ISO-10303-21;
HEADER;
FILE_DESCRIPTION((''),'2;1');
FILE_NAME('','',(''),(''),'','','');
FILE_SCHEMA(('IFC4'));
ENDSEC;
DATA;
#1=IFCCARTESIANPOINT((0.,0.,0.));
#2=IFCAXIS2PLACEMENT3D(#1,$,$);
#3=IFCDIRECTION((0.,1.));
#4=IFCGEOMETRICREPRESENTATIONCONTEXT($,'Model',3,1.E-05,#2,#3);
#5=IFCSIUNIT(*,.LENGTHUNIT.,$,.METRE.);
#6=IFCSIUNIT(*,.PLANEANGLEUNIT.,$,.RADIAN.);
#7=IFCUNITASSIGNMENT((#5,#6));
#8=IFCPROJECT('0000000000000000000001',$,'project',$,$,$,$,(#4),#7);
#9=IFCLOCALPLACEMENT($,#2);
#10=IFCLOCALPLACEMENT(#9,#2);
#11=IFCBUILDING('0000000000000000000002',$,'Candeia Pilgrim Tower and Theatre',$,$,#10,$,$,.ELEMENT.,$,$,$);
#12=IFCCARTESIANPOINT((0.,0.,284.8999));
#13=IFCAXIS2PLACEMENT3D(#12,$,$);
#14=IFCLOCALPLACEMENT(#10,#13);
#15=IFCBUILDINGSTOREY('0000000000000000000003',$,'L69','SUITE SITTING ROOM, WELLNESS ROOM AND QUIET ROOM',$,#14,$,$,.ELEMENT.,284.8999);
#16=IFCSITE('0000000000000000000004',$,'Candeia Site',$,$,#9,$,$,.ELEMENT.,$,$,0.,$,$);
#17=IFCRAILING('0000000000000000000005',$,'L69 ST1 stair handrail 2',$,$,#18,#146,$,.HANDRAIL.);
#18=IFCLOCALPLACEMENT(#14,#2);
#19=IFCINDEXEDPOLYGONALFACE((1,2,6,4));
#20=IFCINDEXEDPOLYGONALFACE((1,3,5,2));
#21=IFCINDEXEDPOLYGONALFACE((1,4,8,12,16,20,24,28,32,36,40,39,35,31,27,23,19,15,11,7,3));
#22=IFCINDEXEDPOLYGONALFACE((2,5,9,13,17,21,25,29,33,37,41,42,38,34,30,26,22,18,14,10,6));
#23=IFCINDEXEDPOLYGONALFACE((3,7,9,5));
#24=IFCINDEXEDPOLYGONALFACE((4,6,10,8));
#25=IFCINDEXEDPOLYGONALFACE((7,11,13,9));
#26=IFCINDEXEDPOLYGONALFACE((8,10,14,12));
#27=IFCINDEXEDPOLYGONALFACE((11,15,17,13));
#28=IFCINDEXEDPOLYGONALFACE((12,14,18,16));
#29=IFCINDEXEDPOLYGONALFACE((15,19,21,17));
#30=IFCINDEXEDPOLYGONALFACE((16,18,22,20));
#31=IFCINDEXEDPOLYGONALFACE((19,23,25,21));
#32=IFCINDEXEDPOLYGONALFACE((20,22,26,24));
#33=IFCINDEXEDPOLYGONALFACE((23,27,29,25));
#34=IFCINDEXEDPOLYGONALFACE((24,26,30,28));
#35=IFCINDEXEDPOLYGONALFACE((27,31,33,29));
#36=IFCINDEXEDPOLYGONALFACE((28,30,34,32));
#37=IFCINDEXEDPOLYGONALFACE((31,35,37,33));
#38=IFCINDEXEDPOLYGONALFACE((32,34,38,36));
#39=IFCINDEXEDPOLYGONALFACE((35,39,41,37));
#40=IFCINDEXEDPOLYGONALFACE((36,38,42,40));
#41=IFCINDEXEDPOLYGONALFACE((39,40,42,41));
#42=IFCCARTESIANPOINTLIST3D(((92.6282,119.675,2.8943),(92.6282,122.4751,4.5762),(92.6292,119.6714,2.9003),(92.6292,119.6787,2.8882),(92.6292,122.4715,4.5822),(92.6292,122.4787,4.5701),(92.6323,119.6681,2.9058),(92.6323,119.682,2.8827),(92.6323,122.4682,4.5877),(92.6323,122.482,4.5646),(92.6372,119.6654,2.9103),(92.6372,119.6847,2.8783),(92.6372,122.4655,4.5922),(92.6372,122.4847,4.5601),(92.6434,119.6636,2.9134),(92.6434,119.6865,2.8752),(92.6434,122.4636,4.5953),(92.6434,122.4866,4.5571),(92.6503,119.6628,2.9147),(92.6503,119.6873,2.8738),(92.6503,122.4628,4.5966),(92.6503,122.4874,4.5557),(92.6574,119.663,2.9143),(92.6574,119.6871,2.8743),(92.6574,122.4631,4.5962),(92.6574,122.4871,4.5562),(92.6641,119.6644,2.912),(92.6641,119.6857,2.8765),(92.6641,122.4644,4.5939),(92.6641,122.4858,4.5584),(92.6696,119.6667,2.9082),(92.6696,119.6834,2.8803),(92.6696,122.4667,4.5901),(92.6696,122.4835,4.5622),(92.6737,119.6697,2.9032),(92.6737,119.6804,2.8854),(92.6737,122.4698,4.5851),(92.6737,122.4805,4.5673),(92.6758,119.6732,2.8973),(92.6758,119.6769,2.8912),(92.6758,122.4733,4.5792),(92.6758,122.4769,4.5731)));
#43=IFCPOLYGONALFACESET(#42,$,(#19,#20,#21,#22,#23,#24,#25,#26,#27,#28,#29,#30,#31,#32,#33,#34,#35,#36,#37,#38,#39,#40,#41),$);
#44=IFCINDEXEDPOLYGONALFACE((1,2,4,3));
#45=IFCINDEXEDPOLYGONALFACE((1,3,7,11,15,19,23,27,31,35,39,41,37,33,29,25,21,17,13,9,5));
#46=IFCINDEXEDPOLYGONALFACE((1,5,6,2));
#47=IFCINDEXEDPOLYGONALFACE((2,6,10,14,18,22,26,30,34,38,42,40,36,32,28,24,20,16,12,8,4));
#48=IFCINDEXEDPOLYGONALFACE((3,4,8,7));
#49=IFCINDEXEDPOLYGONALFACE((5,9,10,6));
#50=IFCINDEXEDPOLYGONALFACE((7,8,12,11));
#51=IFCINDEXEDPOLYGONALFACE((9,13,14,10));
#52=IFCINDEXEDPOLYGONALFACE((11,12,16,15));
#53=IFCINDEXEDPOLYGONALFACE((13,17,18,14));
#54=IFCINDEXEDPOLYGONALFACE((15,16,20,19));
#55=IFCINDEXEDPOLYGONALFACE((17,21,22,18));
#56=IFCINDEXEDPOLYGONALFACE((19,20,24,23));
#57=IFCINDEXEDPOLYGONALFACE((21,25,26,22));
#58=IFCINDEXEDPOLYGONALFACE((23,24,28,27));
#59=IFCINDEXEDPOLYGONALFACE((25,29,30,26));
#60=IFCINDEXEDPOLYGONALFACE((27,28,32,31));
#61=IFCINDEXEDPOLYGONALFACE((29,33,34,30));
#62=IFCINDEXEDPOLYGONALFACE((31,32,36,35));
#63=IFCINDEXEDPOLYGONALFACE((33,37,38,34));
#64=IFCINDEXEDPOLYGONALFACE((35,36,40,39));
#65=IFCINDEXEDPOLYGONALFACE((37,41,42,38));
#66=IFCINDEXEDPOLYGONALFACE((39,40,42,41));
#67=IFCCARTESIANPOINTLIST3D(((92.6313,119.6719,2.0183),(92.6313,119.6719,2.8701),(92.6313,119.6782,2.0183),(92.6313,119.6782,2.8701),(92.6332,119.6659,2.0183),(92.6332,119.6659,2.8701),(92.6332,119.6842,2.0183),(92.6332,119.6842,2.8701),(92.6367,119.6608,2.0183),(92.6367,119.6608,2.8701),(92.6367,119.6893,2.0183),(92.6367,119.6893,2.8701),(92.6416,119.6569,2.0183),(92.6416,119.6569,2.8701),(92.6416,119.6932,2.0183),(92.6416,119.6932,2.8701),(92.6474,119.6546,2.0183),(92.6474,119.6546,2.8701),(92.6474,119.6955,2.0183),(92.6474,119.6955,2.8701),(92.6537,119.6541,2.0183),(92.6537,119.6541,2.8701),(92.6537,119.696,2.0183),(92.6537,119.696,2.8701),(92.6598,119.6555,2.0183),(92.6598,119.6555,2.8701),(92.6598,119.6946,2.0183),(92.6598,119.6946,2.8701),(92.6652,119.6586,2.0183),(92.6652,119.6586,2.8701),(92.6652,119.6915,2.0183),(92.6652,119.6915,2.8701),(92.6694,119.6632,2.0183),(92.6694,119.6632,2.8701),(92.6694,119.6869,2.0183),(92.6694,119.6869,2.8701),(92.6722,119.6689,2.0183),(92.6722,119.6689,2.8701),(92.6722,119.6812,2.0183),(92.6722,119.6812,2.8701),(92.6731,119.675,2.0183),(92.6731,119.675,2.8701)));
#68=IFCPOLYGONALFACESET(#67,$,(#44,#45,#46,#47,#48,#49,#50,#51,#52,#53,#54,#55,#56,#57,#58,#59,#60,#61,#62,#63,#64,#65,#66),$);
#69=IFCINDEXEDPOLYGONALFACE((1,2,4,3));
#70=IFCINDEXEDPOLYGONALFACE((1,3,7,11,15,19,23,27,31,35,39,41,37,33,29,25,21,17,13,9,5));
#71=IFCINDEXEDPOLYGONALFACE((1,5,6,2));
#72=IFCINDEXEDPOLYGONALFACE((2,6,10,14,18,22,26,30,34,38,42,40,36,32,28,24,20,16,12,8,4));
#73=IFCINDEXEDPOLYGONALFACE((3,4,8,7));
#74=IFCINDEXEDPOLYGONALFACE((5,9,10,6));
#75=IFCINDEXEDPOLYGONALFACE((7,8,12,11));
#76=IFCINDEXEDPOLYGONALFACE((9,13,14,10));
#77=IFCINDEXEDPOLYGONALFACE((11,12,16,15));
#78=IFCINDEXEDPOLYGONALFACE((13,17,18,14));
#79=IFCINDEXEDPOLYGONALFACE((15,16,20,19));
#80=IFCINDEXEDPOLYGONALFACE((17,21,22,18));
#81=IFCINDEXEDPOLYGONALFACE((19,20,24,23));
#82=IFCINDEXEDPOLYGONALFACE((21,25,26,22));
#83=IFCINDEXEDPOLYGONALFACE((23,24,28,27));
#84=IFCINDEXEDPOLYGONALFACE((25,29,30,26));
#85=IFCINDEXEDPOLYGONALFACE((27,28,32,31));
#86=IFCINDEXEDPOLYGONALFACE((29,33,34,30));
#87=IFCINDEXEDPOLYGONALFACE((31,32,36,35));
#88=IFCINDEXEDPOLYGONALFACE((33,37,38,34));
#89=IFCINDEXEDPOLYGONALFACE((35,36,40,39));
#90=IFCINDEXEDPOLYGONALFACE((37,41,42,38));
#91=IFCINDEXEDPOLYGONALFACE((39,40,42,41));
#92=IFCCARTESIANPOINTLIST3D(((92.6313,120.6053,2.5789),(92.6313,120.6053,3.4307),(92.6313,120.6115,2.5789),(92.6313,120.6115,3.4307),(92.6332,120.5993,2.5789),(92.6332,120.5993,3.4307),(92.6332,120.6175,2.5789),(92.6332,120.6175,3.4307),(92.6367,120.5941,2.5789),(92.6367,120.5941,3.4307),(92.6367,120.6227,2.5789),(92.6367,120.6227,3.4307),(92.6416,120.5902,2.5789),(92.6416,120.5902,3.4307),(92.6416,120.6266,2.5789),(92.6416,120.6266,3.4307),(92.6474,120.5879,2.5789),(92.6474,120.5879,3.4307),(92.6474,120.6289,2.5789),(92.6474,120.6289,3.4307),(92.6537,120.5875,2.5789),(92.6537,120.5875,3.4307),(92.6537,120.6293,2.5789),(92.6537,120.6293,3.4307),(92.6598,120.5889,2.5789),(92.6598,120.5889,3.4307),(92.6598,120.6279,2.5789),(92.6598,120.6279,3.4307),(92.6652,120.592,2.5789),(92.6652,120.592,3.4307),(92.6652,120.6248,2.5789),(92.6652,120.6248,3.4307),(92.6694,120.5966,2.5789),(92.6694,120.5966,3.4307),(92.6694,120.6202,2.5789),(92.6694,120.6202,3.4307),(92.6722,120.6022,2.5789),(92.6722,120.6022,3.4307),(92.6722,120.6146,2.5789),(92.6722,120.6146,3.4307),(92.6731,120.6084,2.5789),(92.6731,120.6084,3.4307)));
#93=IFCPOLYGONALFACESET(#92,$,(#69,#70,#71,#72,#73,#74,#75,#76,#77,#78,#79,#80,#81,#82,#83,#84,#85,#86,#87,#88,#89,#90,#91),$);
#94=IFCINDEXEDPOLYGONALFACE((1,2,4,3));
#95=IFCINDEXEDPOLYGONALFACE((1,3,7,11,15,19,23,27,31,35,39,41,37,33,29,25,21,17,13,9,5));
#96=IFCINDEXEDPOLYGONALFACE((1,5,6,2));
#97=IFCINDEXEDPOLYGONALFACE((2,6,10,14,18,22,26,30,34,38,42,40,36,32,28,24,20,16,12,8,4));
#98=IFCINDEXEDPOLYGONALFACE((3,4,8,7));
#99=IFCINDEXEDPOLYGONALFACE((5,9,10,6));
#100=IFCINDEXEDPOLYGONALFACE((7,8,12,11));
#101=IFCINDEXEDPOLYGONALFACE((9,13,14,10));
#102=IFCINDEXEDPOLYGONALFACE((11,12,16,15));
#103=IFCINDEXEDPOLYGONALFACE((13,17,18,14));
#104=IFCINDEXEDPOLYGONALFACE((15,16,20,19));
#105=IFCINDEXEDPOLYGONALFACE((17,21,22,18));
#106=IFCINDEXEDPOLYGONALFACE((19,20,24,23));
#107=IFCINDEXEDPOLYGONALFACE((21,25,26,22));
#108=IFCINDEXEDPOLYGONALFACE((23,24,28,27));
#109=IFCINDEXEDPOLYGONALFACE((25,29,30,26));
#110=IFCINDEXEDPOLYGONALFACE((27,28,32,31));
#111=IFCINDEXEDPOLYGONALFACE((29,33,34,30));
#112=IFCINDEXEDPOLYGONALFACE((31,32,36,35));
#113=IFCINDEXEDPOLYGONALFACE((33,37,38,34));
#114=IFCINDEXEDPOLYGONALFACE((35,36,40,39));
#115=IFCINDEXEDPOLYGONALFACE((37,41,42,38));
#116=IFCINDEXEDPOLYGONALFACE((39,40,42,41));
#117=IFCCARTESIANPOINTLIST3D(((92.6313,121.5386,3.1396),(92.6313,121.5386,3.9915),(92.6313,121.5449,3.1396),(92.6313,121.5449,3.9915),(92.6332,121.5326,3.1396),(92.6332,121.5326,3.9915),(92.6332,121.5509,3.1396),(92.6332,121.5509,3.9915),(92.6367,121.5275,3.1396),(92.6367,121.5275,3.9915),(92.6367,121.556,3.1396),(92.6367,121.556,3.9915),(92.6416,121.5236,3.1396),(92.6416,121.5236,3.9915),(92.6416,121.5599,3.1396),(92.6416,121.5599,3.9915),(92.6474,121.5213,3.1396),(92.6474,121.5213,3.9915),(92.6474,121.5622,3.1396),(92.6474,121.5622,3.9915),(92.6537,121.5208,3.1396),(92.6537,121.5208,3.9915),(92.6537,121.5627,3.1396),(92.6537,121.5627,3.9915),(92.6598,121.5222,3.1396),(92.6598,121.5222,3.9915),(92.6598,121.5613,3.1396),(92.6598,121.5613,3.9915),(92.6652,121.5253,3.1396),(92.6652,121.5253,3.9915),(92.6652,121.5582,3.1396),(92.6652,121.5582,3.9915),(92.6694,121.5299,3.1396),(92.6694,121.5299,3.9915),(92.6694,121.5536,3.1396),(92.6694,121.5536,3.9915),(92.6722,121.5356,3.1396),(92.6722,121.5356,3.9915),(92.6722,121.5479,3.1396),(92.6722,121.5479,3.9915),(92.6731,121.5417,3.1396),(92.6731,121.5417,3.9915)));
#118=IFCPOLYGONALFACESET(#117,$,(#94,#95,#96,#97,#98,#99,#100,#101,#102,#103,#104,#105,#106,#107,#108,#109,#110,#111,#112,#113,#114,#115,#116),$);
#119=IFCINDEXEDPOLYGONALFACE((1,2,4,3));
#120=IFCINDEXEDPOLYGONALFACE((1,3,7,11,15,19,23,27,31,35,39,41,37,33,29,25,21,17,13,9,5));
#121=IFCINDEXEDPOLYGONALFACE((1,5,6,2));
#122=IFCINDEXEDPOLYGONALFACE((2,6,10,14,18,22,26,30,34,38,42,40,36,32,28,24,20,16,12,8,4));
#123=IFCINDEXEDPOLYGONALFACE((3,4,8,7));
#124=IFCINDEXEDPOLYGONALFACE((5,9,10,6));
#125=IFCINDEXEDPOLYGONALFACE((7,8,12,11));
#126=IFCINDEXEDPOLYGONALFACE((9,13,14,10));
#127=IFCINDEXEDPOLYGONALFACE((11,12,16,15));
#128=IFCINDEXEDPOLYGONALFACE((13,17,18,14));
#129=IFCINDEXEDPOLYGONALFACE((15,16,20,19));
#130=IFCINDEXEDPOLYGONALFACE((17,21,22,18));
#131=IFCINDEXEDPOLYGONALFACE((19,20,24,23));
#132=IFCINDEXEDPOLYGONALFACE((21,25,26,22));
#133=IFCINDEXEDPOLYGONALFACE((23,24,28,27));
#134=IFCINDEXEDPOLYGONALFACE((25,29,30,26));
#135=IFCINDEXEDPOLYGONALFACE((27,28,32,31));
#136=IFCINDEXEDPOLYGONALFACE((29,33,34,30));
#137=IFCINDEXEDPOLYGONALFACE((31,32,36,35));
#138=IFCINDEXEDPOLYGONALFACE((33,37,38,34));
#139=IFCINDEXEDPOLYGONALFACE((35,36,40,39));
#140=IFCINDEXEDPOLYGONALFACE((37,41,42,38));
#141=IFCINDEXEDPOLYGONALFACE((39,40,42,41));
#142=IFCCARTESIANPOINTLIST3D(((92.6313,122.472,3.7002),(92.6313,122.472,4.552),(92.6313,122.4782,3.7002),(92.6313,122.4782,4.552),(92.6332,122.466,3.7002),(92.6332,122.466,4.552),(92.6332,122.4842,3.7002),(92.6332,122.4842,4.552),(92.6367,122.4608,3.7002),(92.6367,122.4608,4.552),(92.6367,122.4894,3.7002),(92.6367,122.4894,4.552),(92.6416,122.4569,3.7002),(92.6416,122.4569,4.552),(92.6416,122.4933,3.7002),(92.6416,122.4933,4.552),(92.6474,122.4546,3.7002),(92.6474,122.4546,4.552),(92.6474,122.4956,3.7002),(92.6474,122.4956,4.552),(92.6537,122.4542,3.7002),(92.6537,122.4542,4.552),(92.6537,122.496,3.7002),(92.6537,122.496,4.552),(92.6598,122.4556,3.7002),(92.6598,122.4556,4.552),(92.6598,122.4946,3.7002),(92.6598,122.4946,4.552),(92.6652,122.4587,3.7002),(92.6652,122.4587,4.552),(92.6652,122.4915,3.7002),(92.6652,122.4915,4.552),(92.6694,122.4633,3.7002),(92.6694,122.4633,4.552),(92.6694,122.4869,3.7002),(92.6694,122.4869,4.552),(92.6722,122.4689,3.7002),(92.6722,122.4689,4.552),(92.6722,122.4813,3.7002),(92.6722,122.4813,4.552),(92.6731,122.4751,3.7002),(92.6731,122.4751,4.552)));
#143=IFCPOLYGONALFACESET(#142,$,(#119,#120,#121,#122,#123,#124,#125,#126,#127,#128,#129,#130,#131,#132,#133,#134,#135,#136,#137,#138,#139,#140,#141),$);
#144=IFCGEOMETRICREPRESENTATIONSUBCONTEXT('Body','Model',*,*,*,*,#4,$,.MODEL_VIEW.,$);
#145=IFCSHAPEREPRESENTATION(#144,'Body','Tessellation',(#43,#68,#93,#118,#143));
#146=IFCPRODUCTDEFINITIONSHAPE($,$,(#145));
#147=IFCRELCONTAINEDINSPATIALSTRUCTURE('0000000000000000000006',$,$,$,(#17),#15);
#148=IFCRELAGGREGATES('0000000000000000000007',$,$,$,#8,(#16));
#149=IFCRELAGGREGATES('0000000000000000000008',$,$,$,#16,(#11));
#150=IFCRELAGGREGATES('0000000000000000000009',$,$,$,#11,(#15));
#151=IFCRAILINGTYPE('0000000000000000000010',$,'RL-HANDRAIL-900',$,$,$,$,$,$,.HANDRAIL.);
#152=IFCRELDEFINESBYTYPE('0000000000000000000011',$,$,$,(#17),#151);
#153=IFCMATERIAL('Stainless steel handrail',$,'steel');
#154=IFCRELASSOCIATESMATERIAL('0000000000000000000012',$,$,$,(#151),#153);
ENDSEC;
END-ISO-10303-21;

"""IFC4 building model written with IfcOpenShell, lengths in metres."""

from ifc_helpers import new_model, si_unit, direction, frame, origin, origin_2d, place, context, subcontext, project, spatial, circle, extrude, material, type_object, element, save


model = new_model("IFC4")

# Units and contexts
model_context = context("Model", 3, precision=1e-05, world=origin(), true_north=direction((0.0, 1.0)))
body_context = subcontext(model_context, "Body", "Model", "MODEL_VIEW")
ifc_project = project(units=[si_unit("LENGTHUNIT", "METRE"), si_unit("PLANEANGLEUNIT", "RADIAN")], contexts=[model_context])

# Site, building, storey
site_placement = place(None, origin())
site = spatial("IfcSite", under=ifc_project, at=site_placement, Name="Candeia Site", CompositionType="ELEMENT", RefElevation=0.0)
building_placement = place(site_placement, origin())
building = spatial("IfcBuilding", under=site, at=building_placement, Name="Candeia Pilgrim Tower and Theatre", CompositionType="ELEMENT")
storey_placement = place(building_placement, frame((0.0, 0.0, 284.8999)))
storey = spatial("IfcBuildingStorey", under=building, at=storey_placement, Name="L69", Description="SUITE SITTING ROOM, WELLNESS ROOM AND QUIET ROOM", CompositionType="ELEMENT", Elevation=284.8999)

# Railing
ifc_material_1 = material(Name="Stainless steel handrail", Category="steel")
railing_type_1 = type_object("IfcRailingType", Name="RL-HANDRAIL-900", PredefinedType="HANDRAIL", material=ifc_material_1)
for number, where, name in (
    (1, (92.6521, 119.675, 2.0183), "L69 ST1 stair handrail 2"),
):
    element("IfcRailing", number, at=place(storey_placement, frame(where)), inside=storey, type_object=railing_type_1, Name=name, PredefinedType="HANDRAIL", context=body_context, shape_type="SweptSolid", body=[
        extrude(circle(Radius=0.0239, at=origin_2d()), frame((0.0, 0.0, 0.876), z_axis=(0.0, 0.857242, 0.514913), x_axis=(-1.0, 0.0, 0.0)), (0.0, 0.0, 1.0), 3.2664),
        extrude(circle(Radius=0.021, at=origin_2d()), origin(), (0.0, 0.0, 1.0), 0.8518),
        extrude(circle(Radius=0.021, at=origin_2d()), frame((0.0, 0.9333, 0.5605)), (0.0, 0.0, 1.0), 0.8518),
        extrude(circle(Radius=0.021, at=origin_2d()), frame((0.0, 1.8667, 1.1213)), (0.0, 0.0, 1.0), 0.8518),
        extrude(circle(Radius=0.021, at=origin_2d()), frame((0.0, 2.8, 1.6819)), (0.0, 0.0, 1.0), 0.8518),
    ])

save(model, "model.ifc")
